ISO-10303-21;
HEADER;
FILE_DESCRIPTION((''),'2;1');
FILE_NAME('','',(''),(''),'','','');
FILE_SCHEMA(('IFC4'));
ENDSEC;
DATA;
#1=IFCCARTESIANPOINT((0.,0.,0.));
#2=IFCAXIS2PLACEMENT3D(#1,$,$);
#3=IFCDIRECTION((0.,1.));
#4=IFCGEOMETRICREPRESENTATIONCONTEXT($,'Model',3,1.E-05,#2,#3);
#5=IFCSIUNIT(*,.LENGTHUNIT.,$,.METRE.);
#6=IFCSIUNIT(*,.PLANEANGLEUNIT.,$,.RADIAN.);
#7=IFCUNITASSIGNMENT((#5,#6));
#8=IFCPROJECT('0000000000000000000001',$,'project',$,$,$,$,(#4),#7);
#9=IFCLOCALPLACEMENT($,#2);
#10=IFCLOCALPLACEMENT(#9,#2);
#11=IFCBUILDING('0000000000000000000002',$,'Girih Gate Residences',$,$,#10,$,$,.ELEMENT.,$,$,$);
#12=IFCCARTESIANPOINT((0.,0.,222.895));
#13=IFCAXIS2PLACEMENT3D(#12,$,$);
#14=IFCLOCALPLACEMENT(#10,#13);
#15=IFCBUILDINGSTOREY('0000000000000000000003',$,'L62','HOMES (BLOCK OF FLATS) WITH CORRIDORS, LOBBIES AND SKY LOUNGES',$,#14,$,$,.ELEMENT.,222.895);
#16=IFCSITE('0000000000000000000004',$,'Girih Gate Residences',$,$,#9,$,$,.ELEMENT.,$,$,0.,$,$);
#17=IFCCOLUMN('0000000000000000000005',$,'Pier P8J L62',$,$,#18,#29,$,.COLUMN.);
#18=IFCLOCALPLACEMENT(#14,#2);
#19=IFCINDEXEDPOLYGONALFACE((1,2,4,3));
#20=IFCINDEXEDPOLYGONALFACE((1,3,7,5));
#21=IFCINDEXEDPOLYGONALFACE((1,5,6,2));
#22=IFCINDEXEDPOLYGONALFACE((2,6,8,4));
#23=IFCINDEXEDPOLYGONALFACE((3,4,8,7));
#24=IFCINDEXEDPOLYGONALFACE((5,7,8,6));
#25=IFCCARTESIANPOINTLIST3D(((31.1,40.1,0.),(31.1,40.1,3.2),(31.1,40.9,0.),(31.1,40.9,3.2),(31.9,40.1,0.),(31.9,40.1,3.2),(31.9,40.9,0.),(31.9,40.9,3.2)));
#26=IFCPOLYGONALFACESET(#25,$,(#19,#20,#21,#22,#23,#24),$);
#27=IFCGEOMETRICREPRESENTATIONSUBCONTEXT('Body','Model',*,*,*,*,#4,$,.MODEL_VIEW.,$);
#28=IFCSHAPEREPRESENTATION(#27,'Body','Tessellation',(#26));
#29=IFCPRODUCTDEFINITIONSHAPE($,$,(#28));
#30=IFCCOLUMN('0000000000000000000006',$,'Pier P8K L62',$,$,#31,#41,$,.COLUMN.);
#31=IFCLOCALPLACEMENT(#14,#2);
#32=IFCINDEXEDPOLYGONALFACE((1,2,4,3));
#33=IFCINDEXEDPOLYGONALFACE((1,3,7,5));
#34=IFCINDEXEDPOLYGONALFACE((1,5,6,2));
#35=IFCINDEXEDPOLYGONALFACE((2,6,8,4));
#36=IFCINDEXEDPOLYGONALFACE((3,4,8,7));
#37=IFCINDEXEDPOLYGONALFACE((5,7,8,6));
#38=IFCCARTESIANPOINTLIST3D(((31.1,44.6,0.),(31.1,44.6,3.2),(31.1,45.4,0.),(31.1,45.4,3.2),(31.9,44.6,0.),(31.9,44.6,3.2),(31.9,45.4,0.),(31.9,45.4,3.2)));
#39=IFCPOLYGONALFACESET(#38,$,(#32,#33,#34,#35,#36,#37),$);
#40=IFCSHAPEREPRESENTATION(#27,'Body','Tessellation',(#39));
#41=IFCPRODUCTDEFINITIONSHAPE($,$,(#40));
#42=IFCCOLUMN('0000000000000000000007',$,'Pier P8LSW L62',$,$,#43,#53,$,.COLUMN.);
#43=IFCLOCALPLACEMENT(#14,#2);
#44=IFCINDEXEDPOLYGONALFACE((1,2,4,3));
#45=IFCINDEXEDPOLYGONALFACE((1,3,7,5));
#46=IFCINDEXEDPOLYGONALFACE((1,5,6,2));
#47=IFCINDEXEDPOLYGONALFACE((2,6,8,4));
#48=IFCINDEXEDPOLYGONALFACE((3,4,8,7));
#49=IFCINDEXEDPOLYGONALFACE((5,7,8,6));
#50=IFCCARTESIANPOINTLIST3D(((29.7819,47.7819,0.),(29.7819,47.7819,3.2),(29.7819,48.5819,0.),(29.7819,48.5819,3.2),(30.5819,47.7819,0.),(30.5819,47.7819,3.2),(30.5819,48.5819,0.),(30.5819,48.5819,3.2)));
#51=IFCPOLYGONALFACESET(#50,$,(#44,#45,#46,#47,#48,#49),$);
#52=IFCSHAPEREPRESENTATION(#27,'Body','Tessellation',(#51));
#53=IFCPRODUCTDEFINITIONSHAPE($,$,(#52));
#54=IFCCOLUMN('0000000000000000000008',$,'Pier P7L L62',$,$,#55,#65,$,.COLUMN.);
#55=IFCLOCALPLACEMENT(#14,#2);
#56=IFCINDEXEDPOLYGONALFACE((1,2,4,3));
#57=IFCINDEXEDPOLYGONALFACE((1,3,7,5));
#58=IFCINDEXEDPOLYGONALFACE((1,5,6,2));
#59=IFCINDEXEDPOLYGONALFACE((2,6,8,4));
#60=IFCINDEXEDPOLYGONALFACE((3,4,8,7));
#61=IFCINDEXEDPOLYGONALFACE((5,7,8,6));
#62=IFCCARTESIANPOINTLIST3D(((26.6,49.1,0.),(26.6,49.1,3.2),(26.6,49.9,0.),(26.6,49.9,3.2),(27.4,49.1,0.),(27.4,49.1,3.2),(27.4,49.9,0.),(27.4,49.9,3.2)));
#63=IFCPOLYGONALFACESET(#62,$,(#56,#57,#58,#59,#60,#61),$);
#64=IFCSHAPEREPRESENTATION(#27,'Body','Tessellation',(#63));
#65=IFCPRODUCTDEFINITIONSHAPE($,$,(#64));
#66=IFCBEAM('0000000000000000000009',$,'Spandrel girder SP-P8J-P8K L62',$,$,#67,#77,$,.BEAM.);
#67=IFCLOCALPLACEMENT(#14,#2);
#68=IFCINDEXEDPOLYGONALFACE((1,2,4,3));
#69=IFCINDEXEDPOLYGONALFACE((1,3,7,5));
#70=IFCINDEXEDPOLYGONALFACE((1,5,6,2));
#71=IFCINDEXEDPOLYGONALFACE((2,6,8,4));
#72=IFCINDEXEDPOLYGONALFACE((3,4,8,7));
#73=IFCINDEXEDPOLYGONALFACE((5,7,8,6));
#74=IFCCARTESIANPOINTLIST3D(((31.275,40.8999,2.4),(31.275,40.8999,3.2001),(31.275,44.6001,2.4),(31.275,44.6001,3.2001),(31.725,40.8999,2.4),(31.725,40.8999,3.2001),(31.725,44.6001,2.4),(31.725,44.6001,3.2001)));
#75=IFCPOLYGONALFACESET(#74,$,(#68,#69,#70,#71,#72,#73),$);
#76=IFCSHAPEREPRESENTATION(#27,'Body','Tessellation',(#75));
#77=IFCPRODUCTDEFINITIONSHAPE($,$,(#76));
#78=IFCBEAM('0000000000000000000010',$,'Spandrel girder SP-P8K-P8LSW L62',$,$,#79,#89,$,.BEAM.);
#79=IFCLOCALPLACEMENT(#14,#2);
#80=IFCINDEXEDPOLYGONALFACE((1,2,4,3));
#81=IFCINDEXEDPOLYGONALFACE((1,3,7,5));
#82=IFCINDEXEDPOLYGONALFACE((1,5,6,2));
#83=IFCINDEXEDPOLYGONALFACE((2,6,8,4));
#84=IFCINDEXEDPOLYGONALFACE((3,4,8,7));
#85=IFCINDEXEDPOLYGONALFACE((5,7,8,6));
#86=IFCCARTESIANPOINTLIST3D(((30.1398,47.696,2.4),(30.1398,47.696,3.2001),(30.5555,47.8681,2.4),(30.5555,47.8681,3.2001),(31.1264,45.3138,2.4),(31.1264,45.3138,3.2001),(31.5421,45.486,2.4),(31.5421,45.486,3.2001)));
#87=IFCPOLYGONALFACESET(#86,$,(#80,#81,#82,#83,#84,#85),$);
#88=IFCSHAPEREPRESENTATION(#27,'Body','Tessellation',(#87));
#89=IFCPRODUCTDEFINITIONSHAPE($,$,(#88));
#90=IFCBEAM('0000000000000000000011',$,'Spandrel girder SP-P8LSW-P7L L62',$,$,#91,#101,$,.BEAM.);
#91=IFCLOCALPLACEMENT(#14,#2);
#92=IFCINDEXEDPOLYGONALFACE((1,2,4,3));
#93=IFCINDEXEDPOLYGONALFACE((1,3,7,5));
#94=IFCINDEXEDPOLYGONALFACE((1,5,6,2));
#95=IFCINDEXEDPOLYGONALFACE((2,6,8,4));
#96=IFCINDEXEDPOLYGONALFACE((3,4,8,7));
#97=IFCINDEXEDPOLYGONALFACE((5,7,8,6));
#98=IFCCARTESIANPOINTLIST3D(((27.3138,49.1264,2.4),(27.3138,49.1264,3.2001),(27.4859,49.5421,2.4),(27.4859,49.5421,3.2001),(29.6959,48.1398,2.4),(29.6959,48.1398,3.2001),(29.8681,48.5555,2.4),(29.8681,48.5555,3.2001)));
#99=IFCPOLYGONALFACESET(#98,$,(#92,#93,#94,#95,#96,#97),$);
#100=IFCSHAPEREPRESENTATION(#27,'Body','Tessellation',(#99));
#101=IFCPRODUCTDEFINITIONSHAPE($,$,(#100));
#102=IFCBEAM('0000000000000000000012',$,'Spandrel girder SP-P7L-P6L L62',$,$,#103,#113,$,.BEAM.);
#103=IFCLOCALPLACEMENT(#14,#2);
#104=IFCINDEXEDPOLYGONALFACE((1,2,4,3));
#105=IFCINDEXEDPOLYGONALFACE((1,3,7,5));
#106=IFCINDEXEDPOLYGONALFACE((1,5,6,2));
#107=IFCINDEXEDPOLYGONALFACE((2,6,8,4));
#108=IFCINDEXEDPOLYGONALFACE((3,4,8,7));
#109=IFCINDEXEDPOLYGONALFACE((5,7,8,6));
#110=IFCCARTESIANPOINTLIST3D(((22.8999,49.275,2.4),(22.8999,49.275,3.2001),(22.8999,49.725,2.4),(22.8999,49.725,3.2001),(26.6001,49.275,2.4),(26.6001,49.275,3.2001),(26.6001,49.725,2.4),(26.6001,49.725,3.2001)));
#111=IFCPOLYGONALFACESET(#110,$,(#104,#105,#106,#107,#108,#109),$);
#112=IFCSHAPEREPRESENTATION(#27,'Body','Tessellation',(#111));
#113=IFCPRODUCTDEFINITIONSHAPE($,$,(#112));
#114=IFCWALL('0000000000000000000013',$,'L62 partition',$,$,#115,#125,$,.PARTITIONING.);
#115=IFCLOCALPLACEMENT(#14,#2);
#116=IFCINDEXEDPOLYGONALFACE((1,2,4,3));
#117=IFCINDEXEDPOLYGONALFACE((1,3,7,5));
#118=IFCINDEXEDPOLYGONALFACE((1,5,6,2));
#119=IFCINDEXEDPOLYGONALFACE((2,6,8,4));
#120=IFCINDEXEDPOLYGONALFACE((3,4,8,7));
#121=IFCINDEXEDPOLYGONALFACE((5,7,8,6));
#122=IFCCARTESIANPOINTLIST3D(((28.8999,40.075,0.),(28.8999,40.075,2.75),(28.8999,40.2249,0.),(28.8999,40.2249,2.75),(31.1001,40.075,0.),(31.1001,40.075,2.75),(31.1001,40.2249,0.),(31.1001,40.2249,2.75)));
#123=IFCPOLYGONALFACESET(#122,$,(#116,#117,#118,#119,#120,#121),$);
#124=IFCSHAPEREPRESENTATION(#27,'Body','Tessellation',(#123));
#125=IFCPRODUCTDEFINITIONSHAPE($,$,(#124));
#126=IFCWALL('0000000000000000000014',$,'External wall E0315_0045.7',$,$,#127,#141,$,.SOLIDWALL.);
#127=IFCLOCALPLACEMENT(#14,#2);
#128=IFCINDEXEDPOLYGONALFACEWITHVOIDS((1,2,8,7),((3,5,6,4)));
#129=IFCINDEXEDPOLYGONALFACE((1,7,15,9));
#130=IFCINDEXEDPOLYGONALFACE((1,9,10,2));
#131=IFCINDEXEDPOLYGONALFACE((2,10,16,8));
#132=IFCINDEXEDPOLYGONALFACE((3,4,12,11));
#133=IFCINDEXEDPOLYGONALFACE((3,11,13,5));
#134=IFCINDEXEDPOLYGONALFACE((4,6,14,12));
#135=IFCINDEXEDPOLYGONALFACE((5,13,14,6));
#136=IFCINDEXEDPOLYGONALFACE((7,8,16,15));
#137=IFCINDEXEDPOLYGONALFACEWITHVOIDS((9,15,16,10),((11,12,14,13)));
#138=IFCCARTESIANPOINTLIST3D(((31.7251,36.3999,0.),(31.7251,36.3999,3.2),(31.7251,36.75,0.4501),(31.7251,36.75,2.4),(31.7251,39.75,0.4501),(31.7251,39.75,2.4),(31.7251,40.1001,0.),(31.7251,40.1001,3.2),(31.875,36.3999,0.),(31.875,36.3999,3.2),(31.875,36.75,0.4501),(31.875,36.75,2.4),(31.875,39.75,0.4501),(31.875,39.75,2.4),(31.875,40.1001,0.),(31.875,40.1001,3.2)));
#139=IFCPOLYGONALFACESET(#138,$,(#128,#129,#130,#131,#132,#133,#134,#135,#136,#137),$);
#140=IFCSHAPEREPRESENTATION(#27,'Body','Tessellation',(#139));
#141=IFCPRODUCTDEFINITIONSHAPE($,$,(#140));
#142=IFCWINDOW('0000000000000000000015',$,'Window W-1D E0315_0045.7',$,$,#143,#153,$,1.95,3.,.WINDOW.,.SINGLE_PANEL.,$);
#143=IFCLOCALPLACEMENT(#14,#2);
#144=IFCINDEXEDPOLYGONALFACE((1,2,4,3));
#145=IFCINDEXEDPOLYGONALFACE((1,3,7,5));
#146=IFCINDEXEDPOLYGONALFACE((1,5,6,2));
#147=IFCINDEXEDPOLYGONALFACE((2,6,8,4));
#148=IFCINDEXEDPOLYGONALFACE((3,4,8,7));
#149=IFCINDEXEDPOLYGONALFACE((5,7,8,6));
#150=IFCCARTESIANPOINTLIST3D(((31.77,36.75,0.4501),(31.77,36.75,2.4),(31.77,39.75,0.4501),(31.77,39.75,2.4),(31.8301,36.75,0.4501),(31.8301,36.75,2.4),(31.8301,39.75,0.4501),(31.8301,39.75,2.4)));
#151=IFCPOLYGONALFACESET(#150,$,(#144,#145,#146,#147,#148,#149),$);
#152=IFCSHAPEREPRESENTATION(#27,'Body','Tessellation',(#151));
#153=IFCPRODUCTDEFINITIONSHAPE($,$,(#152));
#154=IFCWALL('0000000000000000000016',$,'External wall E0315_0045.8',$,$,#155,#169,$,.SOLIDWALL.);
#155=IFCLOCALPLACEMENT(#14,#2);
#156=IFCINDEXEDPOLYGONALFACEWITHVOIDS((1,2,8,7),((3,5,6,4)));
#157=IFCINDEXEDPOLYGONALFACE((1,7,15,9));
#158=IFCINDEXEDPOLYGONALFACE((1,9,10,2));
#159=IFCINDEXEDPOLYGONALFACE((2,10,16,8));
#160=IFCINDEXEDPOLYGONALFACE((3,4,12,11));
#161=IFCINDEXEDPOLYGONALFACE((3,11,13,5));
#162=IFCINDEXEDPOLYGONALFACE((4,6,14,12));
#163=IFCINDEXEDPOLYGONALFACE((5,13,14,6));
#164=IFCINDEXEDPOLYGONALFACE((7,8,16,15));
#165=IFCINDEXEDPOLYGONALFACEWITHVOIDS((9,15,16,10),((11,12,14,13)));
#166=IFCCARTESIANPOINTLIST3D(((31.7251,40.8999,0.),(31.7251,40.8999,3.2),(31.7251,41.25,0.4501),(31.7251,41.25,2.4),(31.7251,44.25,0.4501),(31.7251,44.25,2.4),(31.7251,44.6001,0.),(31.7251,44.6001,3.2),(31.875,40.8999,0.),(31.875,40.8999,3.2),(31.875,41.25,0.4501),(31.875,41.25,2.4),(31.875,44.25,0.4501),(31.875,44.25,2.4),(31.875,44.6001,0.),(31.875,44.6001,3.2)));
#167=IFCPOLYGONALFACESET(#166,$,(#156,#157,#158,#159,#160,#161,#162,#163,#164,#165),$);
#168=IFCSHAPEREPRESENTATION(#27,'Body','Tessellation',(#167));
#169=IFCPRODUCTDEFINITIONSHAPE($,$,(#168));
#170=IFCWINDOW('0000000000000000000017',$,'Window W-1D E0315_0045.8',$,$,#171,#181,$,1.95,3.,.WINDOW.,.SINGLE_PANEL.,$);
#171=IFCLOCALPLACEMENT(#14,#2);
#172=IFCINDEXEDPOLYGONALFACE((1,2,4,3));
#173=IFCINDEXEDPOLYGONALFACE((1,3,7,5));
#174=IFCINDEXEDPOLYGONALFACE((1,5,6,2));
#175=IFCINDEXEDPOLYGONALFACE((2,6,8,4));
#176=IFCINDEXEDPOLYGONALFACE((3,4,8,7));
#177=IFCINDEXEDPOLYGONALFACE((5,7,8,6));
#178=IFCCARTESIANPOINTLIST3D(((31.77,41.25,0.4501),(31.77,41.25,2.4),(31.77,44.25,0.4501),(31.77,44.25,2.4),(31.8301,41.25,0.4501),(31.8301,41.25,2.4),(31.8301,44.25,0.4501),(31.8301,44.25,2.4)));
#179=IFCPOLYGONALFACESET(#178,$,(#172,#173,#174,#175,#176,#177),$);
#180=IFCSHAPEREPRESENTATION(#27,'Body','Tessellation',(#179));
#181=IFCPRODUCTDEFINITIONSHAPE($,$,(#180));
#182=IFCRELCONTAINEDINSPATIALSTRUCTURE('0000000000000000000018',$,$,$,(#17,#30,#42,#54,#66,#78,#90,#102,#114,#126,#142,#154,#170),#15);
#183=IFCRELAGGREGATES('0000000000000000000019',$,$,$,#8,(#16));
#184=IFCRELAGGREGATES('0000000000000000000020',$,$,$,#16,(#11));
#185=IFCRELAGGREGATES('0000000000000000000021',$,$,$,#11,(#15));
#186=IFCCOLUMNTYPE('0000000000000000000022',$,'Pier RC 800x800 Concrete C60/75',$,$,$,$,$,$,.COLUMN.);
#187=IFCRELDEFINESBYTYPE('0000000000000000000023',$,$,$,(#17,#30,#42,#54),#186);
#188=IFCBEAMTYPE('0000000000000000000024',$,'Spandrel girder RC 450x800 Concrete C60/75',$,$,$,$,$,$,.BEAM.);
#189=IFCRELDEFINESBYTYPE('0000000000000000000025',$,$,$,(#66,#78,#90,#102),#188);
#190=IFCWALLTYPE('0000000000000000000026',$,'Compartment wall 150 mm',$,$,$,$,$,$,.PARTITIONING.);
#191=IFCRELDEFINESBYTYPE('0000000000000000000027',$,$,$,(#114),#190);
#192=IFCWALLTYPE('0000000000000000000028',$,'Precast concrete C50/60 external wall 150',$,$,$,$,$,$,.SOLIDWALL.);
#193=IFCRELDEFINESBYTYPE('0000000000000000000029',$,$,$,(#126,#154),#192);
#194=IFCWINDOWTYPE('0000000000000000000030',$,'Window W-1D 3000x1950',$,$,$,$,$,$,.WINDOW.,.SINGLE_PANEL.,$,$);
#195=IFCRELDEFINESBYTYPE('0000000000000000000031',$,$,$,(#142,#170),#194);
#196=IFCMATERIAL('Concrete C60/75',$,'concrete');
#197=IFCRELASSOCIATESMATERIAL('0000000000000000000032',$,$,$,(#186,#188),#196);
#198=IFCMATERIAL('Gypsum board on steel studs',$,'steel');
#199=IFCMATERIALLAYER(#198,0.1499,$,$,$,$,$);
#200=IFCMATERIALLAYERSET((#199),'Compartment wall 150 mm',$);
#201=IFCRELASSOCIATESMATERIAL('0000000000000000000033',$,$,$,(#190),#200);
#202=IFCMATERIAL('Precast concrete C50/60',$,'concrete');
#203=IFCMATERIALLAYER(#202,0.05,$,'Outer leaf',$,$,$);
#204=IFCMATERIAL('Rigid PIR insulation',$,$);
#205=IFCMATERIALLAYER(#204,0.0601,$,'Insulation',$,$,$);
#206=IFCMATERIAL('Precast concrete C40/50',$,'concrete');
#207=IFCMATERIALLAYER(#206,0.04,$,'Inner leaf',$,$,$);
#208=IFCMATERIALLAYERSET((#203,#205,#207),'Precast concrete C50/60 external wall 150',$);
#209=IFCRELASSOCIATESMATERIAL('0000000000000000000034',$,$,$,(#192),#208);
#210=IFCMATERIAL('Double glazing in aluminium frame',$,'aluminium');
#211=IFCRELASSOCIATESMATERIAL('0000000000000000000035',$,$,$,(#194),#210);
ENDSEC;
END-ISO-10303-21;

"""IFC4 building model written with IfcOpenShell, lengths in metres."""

from ifc_helpers import new_model, si_unit, direction, frame, frame_2d, origin, origin_2d, place, context, subcontext, project, spatial, rectangle, extrude, material, layer, layer_set, material_profile, profile_set, type_object, element, fill, save


model = new_model("IFC4")

# Units and contexts
model_context = context("Model", 3, precision=1e-05, world=origin(), true_north=direction((0.0, 1.0)))
body_context = subcontext(model_context, "Body", "Model", "MODEL_VIEW")
ifc_project = project(units=[si_unit("LENGTHUNIT", "METRE"), si_unit("PLANEANGLEUNIT", "RADIAN")], contexts=[model_context])

# Site, building, storey
site_placement = place(None, origin())
site = spatial("IfcSite", under=ifc_project, at=site_placement, Name="Girih Gate Residences", CompositionType="ELEMENT", RefElevation=0.0)
building_placement = place(site_placement, origin())
building = spatial("IfcBuilding", under=site, at=building_placement, Name="Girih Gate Residences", CompositionType="ELEMENT")
storey_placement = place(building_placement, frame((0.0, 0.0, 222.895)))
storey = spatial("IfcBuildingStorey", under=building, at=storey_placement, Name="L62", Description="HOMES (BLOCK OF FLATS) WITH CORRIDORS, LOBBIES AND SKY LOUNGES", CompositionType="ELEMENT", Elevation=222.895)

# Columns
ifc_material_1 = material(Name="Concrete C60/75", Category="concrete")
ifc_material_profile_1 = material_profile(ifc_material_1, rectangle(XDim=0.8, YDim=0.8, at=origin_2d()))
ifc_profile_set_1 = profile_set([ifc_material_profile_1], Name="Concrete C60/75")
column_type = type_object("IfcColumnType", Name="Pier RC 800x800 Concrete C60/75", PredefinedType="COLUMN", material=ifc_profile_set_1)
for number, where, z_axis, x_axis, name in (
    (1, (31.5, 40.5, 0.0), (0.0, 0.0, 1.0), (1.0, 0.0, 0.0), "Pier P8J L62"),
    (2, (31.5, 45.0, 0.0), (0.0, 0.0, 1.0), (1.0, 0.0, 0.0), "Pier P8K L62"),
    (3, (30.1819, 48.1819, 0.0), (0.0, 0.0, 1.0), (1.0, 0.0, 0.0), "Pier P8LSW L62"),
    (4, (27.0, 49.5, 0.0), (0.0, 0.0, 1.0), (1.0, 0.0, 0.0), "Pier P7L L62"),
):
    element("IfcColumn", number, at=place(storey_placement, frame(where, z_axis=z_axis, x_axis=x_axis)), inside=storey, type_object=column_type, Name=name, PredefinedType="COLUMN", context=body_context, shape_type="SweptSolid", body=[
        extrude(rectangle(XDim=0.8, YDim=0.8, at=origin_2d()), origin(), (0.0, 0.0, 1.0), 3.2),
    ])

# Beams
ifc_material_profile_2 = material_profile(ifc_material_1, rectangle(XDim=0.45, YDim=0.8, at=origin_2d()))
ifc_profile_set_2 = profile_set([ifc_material_profile_2], Name="Concrete C60/75")
beam_type = type_object("IfcBeamType", Name="Spandrel girder RC 450x800 Concrete C60/75", PredefinedType="BEAM", material=ifc_profile_set_2)
beam_1_placement = place(storey_placement, frame((31.5, 40.8999, 2.8), z_axis=(0.0, 1.0, 0.0), x_axis=(-1.0, 0.0, 0.0)))
element("IfcBeam", 5, at=beam_1_placement, inside=storey, type_object=beam_type, Name="Spandrel girder SP-P8J-P8K L62", PredefinedType="BEAM", context=body_context, shape_type="SweptSolid", body=[
    extrude(rectangle(XDim=0.45, YDim=0.8, at=origin_2d()), origin(), (0.0, 0.0, 1.0), 3.7002),
])
for number, where, z_axis, x_axis, name in (
    (6, (31.3342, 45.3999, 2.8), (-0.382644, 0.923896, 0.0), (-0.923896, -0.382644, 0.0), "Spandrel girder SP-P8K-P8LSW L62"),
    (7, (29.782, 48.3477, 2.8), (-0.923896, 0.382644, 0.0), (-0.382644, -0.923896, 0.0), "Spandrel girder SP-P8LSW-P7L L62"),
):
    element("IfcBeam", number, at=place(storey_placement, frame(where, z_axis=z_axis, x_axis=x_axis)), inside=storey, type_object=beam_type, Name=name, PredefinedType="BEAM", context=body_context, shape_type="SweptSolid", body=[
        extrude(rectangle(XDim=0.45, YDim=0.8, at=origin_2d()), origin(), (0.0, 0.0, 1.0), 2.5784),
    ])
beam_2_placement = place(storey_placement, frame((26.6001, 49.5, 2.8), z_axis=(-1.0, 0.0, 0.0), x_axis=(0.0, -1.0, 0.0)))
element("IfcBeam", 8, at=beam_2_placement, inside=storey, type_object=beam_type, Name="Spandrel girder SP-P7L-P6L L62", PredefinedType="BEAM", context=body_context, shape_type="SweptSolid", body=[
    extrude(rectangle(XDim=0.45, YDim=0.8, at=origin_2d()), origin(), (0.0, 0.0, 1.0), 3.7002),
])

# Wall
ifc_material_2 = material(Name="Gypsum board on steel studs", Category="steel")
ifc_layer_1 = layer(ifc_material_2, 0.1499)
ifc_layer_set_1 = layer_set([ifc_layer_1], Name="Compartment wall 150 mm")
wall_type_1 = type_object("IfcWallType", Name="Compartment wall 150 mm", PredefinedType="PARTITIONING", material=ifc_layer_set_1)
wall_1_placement = place(storey_placement, frame((28.8999, 40.1499, 0.0), z_axis=(0.0, 0.0, 1.0), x_axis=(1.0, 0.0, 0.0)))
element("IfcWall", 9, at=wall_1_placement, inside=storey, type_object=wall_type_1, Name="L62 partition", PredefinedType="PARTITIONING", context=body_context, shape_type="SweptSolid", body=[
    extrude(rectangle(XDim=2.2002, YDim=0.1499, at=frame_2d((1.1001, 0.0))), origin(), (0.0, 0.0, 1.0), 2.75),
])

# Walls, openings, windows
ifc_material_3 = material(Name="Precast concrete C50/60", Category="concrete")
ifc_layer_2 = layer(ifc_material_3, 0.05, Name="Outer leaf")
ifc_material_4 = material(Name="Rigid PIR insulation")
ifc_layer_3 = layer(ifc_material_4, 0.0601, Name="Insulation")
ifc_material_5 = material(Name="Precast concrete C40/50", Category="concrete")
ifc_layer_4 = layer(ifc_material_5, 0.04, Name="Inner leaf")
ifc_layer_set_2 = layer_set([ifc_layer_2, ifc_layer_3, ifc_layer_4], Name="Precast concrete C50/60 external wall 150")
wall_type_2 = type_object("IfcWallType", Name="Precast concrete C50/60 external wall 150", PredefinedType="SOLIDWALL", material=ifc_layer_set_2)
wall_2_placement = place(storey_placement, frame((31.8, 40.1001, 0.0), z_axis=(0.0, 0.0, 1.0), x_axis=(0.0, -1.0, 0.0)))
wall_2 = element("IfcWall", 10, at=wall_2_placement, inside=storey, type_object=wall_type_2, Name="External wall E0315_0045.7", PredefinedType="SOLIDWALL", context=body_context, shape_type="SweptSolid", body=[
    extrude(rectangle(XDim=3.7002, YDim=0.1499, at=frame_2d((1.8501, 0.0))), origin(), (0.0, 0.0, 1.0), 3.2),
])
opening_1_placement = place(wall_2_placement, frame((0.3501, 0.0, 0.45)))
opening_1 = element("IfcOpeningElement", 11, at=opening_1_placement, cuts=wall_2, PredefinedType="OPENING", context=body_context, shape_type="SweptSolid", body=[
    extrude(rectangle(XDim=3.0, YDim=1.95, at=frame_2d((1.5, 0.9751))), frame((0.0, 0.085, 0.0), z_axis=(0.0, -1.0, 0.0), x_axis=(1.0, 0.0, 0.0)), (0.0, 0.0, 1.0), 0.1699),
])
ifc_material_6 = material(Name="Double glazing in aluminium frame", Category="aluminium")
window_type_1 = type_object("IfcWindowType", Name="Window W-1D 3000x1950", PartitioningType="SINGLE_PANEL", PredefinedType="WINDOW", material=ifc_material_6)
window_1_placement = place(opening_1_placement, origin())
window_1 = element("IfcWindow", 12, at=window_1_placement, inside=storey, type_object=window_type_1, Name="Window W-1D E0315_0045.7", OverallHeight=1.95, OverallWidth=3.0, PartitioningType="SINGLE_PANEL", PredefinedType="WINDOW", context=body_context, shape_type="SweptSolid", body=[
    extrude(rectangle(XDim=3.0, YDim=1.95, at=frame_2d((1.5, 0.9751))), frame((0.0, 0.03, 0.0), z_axis=(0.0, -1.0, 0.0), x_axis=(1.0, 0.0, 0.0)), (0.0, 0.0, 1.0), 0.0601),
])
fill(opening_1, window_1)
wall_3_placement = place(storey_placement, frame((31.8, 44.6001, 0.0), z_axis=(0.0, 0.0, 1.0), x_axis=(0.0, -1.0, 0.0)))
wall_3 = element("IfcWall", 13, at=wall_3_placement, inside=storey, type_object=wall_type_2, Name="External wall E0315_0045.8", PredefinedType="SOLIDWALL", context=body_context, shape_type="SweptSolid", body=[
    extrude(rectangle(XDim=3.7002, YDim=0.1499, at=frame_2d((1.8501, 0.0))), origin(), (0.0, 0.0, 1.0), 3.2),
])
opening_2_placement = place(wall_3_placement, frame((0.3501, 0.0, 0.45)))
opening_2 = element("IfcOpeningElement", 14, at=opening_2_placement, cuts=wall_3, PredefinedType="OPENING", context=body_context, shape_type="SweptSolid", body=[
    extrude(rectangle(XDim=3.0, YDim=1.95, at=frame_2d((1.5, 0.9751))), frame((0.0, 0.085, 0.0), z_axis=(0.0, -1.0, 0.0), x_axis=(1.0, 0.0, 0.0)), (0.0, 0.0, 1.0), 0.1699),
])
window_2_placement = place(opening_2_placement, origin())
window_2 = element("IfcWindow", 15, at=window_2_placement, inside=storey, type_object=window_type_1, Name="Window W-1D E0315_0045.8", OverallHeight=1.95, OverallWidth=3.0, PartitioningType="SINGLE_PANEL", PredefinedType="WINDOW", context=body_context, shape_type="SweptSolid", body=[
    extrude(rectangle(XDim=3.0, YDim=1.95, at=frame_2d((1.5, 0.9751))), frame((0.0, 0.03, 0.0), z_axis=(0.0, -1.0, 0.0), x_axis=(1.0, 0.0, 0.0)), (0.0, 0.0, 1.0), 0.0601),
])
fill(opening_2, window_2)

save(model, "model.ifc")
